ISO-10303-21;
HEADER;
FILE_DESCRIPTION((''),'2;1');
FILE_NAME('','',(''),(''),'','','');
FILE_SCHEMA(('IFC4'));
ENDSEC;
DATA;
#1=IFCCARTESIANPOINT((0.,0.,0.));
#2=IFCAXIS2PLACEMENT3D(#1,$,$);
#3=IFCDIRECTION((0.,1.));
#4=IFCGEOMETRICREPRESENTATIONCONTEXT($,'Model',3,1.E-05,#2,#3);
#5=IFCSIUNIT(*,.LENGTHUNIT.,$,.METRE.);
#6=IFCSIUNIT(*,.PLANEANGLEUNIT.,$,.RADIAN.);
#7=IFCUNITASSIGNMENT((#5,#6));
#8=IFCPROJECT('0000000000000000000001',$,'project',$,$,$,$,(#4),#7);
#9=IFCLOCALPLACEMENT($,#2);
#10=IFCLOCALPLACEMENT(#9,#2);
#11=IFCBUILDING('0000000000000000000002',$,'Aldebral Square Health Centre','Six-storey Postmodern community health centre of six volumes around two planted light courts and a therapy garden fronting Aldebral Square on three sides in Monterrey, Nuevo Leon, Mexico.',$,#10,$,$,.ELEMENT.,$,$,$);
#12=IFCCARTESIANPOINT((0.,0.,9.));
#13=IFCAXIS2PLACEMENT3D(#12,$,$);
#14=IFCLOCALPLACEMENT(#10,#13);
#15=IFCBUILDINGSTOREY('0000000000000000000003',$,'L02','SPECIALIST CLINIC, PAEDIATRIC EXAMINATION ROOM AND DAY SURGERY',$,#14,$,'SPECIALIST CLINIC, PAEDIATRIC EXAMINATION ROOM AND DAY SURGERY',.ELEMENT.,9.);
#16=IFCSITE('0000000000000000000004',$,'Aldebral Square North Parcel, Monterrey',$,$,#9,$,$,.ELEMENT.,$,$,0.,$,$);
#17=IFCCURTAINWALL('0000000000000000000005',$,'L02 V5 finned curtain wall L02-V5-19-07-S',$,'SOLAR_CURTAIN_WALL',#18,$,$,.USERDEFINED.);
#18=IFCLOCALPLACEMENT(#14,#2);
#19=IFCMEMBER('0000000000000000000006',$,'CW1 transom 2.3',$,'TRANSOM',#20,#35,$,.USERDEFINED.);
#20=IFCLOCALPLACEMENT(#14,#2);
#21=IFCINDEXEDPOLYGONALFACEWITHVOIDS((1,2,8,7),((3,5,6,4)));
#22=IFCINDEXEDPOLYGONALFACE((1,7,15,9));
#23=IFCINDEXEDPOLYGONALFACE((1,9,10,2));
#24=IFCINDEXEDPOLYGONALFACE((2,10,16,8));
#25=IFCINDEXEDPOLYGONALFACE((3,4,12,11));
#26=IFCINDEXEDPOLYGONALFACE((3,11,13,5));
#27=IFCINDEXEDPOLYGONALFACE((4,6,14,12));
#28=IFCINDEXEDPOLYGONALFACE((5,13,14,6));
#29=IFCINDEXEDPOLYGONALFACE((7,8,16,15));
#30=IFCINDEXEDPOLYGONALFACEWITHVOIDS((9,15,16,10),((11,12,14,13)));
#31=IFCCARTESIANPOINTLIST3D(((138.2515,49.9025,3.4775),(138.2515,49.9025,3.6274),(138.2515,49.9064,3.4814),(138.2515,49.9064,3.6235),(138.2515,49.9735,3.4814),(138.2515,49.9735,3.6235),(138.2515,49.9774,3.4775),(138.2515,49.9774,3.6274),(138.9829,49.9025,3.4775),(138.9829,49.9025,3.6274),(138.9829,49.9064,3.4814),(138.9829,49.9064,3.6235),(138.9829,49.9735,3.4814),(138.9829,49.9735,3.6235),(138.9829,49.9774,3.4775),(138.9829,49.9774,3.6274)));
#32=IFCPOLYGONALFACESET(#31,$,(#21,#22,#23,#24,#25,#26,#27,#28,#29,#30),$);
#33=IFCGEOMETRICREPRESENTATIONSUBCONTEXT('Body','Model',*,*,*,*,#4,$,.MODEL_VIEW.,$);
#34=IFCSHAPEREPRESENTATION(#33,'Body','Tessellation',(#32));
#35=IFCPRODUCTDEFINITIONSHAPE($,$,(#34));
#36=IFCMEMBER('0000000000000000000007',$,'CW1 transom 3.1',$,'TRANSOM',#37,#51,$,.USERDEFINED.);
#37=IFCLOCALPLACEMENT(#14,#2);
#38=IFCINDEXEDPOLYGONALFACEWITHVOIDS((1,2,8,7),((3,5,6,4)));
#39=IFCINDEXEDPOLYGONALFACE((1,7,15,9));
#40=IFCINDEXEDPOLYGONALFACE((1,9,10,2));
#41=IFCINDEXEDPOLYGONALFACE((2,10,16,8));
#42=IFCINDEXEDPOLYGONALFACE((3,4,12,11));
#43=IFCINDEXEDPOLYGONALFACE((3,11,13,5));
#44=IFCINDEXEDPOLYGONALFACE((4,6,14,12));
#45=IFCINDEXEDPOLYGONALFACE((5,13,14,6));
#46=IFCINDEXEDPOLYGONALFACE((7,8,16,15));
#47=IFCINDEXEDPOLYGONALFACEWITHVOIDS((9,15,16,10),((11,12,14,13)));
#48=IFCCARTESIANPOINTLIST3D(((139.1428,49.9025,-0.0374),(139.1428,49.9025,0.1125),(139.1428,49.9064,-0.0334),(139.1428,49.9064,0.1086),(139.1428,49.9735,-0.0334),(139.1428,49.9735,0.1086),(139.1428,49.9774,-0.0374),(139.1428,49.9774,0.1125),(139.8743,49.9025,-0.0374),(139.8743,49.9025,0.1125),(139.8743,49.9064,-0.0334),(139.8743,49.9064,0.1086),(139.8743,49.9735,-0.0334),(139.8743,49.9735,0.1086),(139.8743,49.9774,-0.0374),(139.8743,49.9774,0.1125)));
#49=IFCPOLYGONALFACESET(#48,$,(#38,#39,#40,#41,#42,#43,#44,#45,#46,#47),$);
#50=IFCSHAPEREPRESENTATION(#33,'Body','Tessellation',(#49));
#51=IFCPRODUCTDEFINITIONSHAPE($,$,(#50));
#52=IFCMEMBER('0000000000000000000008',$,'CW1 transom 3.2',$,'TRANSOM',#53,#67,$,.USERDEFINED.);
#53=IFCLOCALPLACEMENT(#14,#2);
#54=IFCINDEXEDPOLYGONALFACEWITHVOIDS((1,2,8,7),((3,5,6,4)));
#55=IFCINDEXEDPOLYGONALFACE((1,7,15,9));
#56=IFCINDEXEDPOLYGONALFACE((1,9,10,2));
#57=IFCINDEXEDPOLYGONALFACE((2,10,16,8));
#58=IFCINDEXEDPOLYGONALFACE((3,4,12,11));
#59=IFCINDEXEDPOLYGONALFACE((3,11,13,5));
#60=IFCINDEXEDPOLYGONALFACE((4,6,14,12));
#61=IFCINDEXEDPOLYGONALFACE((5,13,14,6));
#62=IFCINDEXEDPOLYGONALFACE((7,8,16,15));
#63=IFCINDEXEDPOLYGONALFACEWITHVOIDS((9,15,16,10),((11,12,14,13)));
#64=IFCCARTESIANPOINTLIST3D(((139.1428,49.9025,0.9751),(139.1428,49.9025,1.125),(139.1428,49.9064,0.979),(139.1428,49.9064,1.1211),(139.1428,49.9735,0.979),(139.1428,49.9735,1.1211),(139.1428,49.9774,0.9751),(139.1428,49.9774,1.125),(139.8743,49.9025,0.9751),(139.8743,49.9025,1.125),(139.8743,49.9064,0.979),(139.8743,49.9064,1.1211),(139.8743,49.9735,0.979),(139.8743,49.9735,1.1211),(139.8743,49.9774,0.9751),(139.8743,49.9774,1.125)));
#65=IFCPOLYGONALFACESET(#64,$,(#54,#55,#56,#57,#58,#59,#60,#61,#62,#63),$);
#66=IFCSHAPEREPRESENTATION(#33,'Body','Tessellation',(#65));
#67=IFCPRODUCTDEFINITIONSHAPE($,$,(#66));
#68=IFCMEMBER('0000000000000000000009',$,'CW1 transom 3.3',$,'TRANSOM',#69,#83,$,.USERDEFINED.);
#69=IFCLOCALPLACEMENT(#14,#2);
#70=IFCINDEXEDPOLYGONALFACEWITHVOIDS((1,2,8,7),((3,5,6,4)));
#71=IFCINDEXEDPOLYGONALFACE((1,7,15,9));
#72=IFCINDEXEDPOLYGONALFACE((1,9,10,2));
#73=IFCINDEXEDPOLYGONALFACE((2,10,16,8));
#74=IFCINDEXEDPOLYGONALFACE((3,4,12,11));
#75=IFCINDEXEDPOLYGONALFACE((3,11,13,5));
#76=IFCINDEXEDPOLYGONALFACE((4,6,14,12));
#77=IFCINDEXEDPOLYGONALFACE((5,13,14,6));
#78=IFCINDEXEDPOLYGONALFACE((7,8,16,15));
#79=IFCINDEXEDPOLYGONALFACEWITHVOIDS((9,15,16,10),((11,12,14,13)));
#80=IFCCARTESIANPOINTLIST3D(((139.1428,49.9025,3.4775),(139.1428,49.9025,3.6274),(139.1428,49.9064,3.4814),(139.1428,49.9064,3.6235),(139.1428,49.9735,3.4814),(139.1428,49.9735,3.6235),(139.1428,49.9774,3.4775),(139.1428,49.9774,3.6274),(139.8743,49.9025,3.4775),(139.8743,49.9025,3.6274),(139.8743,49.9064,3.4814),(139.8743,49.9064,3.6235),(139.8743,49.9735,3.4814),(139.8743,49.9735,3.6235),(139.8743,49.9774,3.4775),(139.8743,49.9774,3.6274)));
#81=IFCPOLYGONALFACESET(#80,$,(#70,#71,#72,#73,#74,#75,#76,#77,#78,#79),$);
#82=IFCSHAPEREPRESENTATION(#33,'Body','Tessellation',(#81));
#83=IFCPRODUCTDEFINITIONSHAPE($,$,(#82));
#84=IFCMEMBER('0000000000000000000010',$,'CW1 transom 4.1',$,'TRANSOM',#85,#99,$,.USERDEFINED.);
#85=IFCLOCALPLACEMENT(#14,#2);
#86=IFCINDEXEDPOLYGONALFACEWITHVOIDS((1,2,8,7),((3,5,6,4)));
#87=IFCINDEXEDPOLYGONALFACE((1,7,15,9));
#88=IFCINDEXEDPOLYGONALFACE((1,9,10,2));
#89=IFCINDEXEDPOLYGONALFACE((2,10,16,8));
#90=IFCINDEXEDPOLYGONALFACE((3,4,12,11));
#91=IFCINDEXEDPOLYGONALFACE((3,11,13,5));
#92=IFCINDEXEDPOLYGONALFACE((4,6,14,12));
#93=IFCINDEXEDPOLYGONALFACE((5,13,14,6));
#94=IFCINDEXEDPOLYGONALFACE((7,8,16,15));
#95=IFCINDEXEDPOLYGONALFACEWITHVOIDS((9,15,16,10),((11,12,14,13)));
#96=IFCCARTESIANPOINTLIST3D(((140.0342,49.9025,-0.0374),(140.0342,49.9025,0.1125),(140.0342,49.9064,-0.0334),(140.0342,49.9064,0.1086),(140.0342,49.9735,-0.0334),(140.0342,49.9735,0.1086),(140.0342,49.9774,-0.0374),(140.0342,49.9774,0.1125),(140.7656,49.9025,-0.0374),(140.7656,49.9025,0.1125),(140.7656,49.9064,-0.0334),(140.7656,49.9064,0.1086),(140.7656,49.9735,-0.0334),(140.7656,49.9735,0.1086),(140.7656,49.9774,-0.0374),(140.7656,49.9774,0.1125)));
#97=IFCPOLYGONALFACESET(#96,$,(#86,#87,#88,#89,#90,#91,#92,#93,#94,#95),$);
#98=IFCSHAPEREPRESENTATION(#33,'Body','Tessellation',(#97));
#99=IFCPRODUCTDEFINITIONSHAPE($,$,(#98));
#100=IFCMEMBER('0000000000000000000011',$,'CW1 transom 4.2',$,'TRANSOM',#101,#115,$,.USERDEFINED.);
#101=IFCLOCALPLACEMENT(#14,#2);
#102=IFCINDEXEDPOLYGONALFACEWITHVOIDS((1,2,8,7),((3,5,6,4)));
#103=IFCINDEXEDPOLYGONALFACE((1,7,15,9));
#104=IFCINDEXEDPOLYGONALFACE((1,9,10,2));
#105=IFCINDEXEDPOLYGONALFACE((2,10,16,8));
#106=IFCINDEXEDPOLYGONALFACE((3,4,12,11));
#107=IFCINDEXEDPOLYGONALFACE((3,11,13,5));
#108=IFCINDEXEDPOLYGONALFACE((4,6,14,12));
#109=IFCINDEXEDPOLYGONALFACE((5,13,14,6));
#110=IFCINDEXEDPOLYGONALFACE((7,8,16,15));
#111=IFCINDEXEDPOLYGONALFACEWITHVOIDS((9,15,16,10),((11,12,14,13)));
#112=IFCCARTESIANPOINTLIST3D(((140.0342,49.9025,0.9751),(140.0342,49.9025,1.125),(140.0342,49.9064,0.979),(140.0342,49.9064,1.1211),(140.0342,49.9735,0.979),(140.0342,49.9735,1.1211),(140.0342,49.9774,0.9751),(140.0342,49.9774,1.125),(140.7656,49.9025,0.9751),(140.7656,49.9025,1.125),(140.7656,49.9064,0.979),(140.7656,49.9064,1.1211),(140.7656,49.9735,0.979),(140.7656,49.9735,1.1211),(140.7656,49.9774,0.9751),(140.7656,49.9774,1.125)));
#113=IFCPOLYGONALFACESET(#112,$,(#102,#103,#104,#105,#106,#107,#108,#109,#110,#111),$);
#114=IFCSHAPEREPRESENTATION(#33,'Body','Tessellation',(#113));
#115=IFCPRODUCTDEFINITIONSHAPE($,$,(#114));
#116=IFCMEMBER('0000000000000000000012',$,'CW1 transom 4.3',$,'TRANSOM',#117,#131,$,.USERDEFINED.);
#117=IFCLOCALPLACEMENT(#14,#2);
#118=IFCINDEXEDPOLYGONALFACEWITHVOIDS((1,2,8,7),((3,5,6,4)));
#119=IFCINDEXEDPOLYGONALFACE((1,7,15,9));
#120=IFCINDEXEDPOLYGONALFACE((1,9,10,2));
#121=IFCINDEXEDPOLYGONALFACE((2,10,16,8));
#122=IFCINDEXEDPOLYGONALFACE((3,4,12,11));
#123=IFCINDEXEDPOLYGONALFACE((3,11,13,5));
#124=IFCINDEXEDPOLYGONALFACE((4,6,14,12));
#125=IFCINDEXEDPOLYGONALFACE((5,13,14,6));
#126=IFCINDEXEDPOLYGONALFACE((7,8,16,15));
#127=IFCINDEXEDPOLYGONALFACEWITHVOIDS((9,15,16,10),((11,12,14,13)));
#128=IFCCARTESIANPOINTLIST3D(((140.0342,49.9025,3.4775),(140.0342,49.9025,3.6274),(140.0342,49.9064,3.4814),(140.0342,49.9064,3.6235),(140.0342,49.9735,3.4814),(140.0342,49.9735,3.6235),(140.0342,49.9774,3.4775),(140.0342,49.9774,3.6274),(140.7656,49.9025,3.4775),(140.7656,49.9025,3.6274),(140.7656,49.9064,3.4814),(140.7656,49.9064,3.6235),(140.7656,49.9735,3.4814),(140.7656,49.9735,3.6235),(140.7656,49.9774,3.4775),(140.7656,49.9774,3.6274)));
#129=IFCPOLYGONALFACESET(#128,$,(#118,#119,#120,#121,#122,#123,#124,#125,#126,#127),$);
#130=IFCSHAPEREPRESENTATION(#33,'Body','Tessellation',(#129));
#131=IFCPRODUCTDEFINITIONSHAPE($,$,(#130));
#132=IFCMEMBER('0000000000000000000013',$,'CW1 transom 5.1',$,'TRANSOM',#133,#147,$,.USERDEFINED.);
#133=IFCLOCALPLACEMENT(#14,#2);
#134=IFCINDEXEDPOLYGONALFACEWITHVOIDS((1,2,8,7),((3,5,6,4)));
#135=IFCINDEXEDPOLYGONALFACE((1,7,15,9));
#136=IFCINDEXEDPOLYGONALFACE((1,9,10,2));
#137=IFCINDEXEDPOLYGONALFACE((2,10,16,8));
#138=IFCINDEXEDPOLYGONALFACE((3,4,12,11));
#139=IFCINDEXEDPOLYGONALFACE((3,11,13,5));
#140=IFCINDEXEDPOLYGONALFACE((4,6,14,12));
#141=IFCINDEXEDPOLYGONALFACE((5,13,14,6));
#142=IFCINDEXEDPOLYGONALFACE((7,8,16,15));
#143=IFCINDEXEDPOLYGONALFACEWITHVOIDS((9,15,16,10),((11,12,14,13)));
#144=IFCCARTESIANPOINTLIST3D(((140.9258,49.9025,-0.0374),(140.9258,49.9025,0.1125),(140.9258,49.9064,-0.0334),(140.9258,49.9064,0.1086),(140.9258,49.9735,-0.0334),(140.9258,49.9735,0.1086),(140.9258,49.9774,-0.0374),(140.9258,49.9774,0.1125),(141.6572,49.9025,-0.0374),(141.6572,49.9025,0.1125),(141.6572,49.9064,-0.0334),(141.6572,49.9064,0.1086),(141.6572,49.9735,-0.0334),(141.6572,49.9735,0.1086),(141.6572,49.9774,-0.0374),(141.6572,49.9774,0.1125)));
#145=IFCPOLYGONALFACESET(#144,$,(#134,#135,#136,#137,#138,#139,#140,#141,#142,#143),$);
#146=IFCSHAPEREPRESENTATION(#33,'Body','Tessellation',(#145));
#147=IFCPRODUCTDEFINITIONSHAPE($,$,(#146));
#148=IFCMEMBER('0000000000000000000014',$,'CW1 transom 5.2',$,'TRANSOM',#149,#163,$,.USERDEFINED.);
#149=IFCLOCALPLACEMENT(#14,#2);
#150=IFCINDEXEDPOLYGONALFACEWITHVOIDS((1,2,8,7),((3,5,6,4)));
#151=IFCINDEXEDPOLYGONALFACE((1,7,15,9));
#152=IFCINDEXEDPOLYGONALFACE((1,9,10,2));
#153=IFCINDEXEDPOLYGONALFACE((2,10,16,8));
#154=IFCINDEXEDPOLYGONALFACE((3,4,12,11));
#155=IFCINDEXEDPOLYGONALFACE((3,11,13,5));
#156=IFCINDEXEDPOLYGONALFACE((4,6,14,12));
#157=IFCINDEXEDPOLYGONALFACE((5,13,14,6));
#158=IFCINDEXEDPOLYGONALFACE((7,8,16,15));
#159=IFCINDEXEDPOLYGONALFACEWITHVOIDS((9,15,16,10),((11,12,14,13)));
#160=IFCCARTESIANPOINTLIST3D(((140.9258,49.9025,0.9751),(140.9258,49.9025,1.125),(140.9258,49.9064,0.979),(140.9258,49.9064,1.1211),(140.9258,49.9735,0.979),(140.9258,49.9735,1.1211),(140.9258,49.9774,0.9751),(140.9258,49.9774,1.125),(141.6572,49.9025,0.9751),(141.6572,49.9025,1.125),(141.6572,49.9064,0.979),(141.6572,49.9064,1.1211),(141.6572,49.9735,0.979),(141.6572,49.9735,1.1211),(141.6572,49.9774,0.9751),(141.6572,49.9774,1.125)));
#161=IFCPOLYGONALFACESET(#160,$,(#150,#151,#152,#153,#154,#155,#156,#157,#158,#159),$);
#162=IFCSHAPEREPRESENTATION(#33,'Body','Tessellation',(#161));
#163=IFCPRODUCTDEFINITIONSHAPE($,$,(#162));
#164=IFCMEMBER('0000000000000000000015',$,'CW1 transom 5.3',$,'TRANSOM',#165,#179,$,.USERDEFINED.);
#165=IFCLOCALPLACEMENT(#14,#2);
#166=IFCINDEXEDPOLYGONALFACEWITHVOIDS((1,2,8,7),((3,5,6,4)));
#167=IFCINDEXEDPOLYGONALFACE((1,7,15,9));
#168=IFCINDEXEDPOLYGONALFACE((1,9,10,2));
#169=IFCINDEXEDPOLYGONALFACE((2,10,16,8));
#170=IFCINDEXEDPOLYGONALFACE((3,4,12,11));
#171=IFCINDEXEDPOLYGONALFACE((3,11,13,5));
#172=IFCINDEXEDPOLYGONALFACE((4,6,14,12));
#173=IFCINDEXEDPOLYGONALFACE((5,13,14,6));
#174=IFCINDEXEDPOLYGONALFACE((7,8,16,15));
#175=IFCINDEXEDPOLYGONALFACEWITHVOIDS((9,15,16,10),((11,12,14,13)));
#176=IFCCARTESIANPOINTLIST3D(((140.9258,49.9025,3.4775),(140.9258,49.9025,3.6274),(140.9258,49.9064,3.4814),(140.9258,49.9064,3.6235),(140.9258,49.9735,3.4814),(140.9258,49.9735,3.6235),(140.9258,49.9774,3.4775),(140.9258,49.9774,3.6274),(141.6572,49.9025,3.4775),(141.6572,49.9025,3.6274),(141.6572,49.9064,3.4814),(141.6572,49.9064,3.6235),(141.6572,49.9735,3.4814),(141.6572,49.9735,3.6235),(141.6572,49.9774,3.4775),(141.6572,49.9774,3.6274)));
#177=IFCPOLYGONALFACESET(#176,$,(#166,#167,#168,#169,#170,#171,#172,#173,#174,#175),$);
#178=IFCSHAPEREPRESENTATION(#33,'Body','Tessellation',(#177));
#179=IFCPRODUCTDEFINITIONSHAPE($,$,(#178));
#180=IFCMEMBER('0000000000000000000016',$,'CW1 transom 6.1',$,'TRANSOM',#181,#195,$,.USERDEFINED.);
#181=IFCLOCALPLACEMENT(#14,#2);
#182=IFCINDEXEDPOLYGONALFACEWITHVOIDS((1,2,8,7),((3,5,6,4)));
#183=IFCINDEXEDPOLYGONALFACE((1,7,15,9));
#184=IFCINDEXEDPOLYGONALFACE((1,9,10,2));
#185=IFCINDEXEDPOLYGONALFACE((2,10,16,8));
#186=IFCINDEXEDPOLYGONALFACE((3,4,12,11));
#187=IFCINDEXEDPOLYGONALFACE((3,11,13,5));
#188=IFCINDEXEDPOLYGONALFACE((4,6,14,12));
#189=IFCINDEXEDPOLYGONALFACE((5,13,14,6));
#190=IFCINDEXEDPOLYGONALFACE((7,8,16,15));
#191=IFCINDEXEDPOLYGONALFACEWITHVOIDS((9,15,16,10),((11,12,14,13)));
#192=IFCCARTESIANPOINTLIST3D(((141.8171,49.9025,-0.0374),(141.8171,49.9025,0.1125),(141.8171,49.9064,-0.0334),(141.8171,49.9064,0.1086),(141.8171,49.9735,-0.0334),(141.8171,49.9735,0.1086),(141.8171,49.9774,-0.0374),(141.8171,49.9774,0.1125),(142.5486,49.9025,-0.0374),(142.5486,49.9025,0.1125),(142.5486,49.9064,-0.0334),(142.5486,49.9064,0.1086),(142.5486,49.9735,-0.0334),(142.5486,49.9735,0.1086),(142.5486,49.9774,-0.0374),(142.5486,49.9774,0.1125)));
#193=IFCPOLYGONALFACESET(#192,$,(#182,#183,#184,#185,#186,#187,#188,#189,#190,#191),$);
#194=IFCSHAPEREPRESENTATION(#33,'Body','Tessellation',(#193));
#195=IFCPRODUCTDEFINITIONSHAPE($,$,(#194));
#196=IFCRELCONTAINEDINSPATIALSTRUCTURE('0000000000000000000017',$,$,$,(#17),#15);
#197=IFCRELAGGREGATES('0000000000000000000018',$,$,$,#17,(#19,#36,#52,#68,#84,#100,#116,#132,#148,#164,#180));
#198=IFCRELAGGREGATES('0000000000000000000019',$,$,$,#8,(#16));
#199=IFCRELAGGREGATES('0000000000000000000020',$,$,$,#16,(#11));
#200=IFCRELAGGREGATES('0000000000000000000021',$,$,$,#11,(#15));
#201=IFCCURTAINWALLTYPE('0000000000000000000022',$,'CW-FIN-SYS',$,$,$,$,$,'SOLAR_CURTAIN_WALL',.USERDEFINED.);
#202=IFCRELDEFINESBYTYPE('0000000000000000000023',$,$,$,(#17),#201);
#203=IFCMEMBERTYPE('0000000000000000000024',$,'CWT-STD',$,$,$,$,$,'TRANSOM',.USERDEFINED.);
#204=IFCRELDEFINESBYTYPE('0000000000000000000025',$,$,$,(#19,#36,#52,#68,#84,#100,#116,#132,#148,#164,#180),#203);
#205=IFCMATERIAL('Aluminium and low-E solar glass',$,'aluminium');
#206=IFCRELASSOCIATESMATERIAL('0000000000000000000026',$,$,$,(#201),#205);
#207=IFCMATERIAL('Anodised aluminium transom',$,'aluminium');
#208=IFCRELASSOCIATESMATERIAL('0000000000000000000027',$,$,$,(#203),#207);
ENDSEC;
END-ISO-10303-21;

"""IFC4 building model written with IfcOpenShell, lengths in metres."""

from ifc_helpers import new_model, si_unit, direction, frame, origin, origin_2d, place, context, subcontext, project, spatial, hollow_rectangle, extrude, material, material_profile, profile_set, type_object, element, aggregate, save


model = new_model("IFC4")

# Units and contexts
model_context = context("Model", 3, precision=1e-05, world=origin(), true_north=direction((0.0, 1.0)))
body_context = subcontext(model_context, "Body", "Model", "MODEL_VIEW")
ifc_project = project(units=[si_unit("LENGTHUNIT", "METRE"), si_unit("PLANEANGLEUNIT", "RADIAN")], contexts=[model_context])

# Site, building, storey
site_placement = place(None, origin())
site = spatial("IfcSite", under=ifc_project, at=site_placement, Name="Aldebral Square North Parcel, Monterrey", CompositionType="ELEMENT", RefElevation=0.0)
building_placement = place(site_placement, origin())
building = spatial("IfcBuilding", under=site, at=building_placement, Name="Aldebral Square Health Centre", Description="Six-storey Postmodern community health centre of six volumes around two planted light courts and a therapy garden fronting Aldebral Square on three sides in Monterrey, Nuevo Leon, Mexico.", CompositionType="ELEMENT")
storey_placement = place(building_placement, frame((0.0, 0.0, 9.0)))
storey = spatial("IfcBuildingStorey", under=building, at=storey_placement, Name="L02", Description="SPECIALIST CLINIC, PAEDIATRIC EXAMINATION ROOM AND DAY SURGERY", LongName="SPECIALIST CLINIC, PAEDIATRIC EXAMINATION ROOM AND DAY SURGERY", CompositionType="ELEMENT", Elevation=9.0)

# Curtain wall, members
ifc_material_1 = material(Name="Aluminium and low-E solar glass", Category="aluminium")
curtain_wall_type = type_object("IfcCurtainWallType", Name="CW-FIN-SYS", ElementType="SOLAR_CURTAIN_WALL", PredefinedType="USERDEFINED", material=ifc_material_1)
curtain_wall_placement = place(storey_placement, origin())
curtain_wall = element("IfcCurtainWall", 1, at=curtain_wall_placement, inside=storey, type_object=curtain_wall_type, Name="L02 V5 finned curtain wall L02-V5-19-07-S", ObjectType="SOLAR_CURTAIN_WALL", PredefinedType="USERDEFINED")
ifc_material_2 = material(Name="Anodised aluminium transom", Category="aluminium")
ifc_material_profile_1 = material_profile(ifc_material_2, hollow_rectangle(XDim=0.075, YDim=0.1499, WallThickness=0.0039, at=origin_2d()), Name="CWT 75x150x4")
ifc_profile_set_1 = profile_set([ifc_material_profile_1], Name="Anodised aluminium transom")
member_type_1 = type_object("IfcMemberType", Name="CWT-STD", ElementType="TRANSOM", PredefinedType="USERDEFINED", material=ifc_profile_set_1)
member_1_placement = place(storey_placement, frame((138.2515, 49.9399, 3.5525), z_axis=(1.0, 0.0, 0.0), x_axis=(0.0, 1.0, 0.0)))
member_1 = element("IfcMember", 2, at=member_1_placement, type_object=member_type_1, Name="CW1 transom 2.3", ObjectType="TRANSOM", PredefinedType="USERDEFINED", context=body_context, shape_type="SweptSolid", body=[
    extrude(hollow_rectangle(XDim=0.075, YDim=0.1499, WallThickness=0.0039, at=origin_2d()), origin(), (0.0, 0.0, 1.0), 0.7314),
])
member_2_placement = place(storey_placement, frame((139.1428, 49.9399, 0.0376), z_axis=(1.0, 0.0, 0.0), x_axis=(0.0, 1.0, 0.0)))
member_2 = element("IfcMember", 3, at=member_2_placement, type_object=member_type_1, Name="CW1 transom 3.1", ObjectType="TRANSOM", PredefinedType="USERDEFINED", context=body_context, shape_type="SweptSolid", body=[
    extrude(hollow_rectangle(XDim=0.075, YDim=0.1499, WallThickness=0.0039, at=origin_2d()), origin(), (0.0, 0.0, 1.0), 0.7314),
])
member_3_placement = place(storey_placement, frame((139.1428, 49.9399, 1.05), z_axis=(1.0, 0.0, 0.0), x_axis=(0.0, 1.0, 0.0)))
member_3 = element("IfcMember", 4, at=member_3_placement, type_object=member_type_1, Name="CW1 transom 3.2", ObjectType="TRANSOM", PredefinedType="USERDEFINED", context=body_context, shape_type="SweptSolid", body=[
    extrude(hollow_rectangle(XDim=0.075, YDim=0.1499, WallThickness=0.0039, at=origin_2d()), origin(), (0.0, 0.0, 1.0), 0.7314),
])
member_4_placement = place(storey_placement, frame((139.1428, 49.9399, 3.5525), z_axis=(1.0, 0.0, 0.0), x_axis=(0.0, 1.0, 0.0)))
member_4 = element("IfcMember", 5, at=member_4_placement, type_object=member_type_1, Name="CW1 transom 3.3", ObjectType="TRANSOM", PredefinedType="USERDEFINED", context=body_context, shape_type="SweptSolid", body=[
    extrude(hollow_rectangle(XDim=0.075, YDim=0.1499, WallThickness=0.0039, at=origin_2d()), origin(), (0.0, 0.0, 1.0), 0.7314),
])
member_5_placement = place(storey_placement, frame((140.0342, 49.9399, 0.0376), z_axis=(1.0, 0.0, 0.0), x_axis=(0.0, 1.0, 0.0)))
member_5 = element("IfcMember", 6, at=member_5_placement, type_object=member_type_1, Name="CW1 transom 4.1", ObjectType="TRANSOM", PredefinedType="USERDEFINED", context=body_context, shape_type="SweptSolid", body=[
    extrude(hollow_rectangle(XDim=0.075, YDim=0.1499, WallThickness=0.0039, at=origin_2d()), origin(), (0.0, 0.0, 1.0), 0.7314),
])
member_6_placement = place(storey_placement, frame((140.0342, 49.9399, 1.05), z_axis=(1.0, 0.0, 0.0), x_axis=(0.0, 1.0, 0.0)))
member_6 = element("IfcMember", 7, at=member_6_placement, type_object=member_type_1, Name="CW1 transom 4.2", ObjectType="TRANSOM", PredefinedType="USERDEFINED", context=body_context, shape_type="SweptSolid", body=[
    extrude(hollow_rectangle(XDim=0.075, YDim=0.1499, WallThickness=0.0039, at=origin_2d()), origin(), (0.0, 0.0, 1.0), 0.7314),
])
member_7_placement = place(storey_placement, frame((140.0342, 49.9399, 3.5525), z_axis=(1.0, 0.0, 0.0), x_axis=(0.0, 1.0, 0.0)))
member_7 = element("IfcMember", 8, at=member_7_placement, type_object=member_type_1, Name="CW1 transom 4.3", ObjectType="TRANSOM", PredefinedType="USERDEFINED", context=body_context, shape_type="SweptSolid", body=[
    extrude(hollow_rectangle(XDim=0.075, YDim=0.1499, WallThickness=0.0039, at=origin_2d()), origin(), (0.0, 0.0, 1.0), 0.7314),
])
member_8_placement = place(storey_placement, frame((140.9258, 49.9399, 0.0376), z_axis=(1.0, 0.0, 0.0), x_axis=(0.0, 1.0, 0.0)))
member_8 = element("IfcMember", 9, at=member_8_placement, type_object=member_type_1, Name="CW1 transom 5.1", ObjectType="TRANSOM", PredefinedType="USERDEFINED", context=body_context, shape_type="SweptSolid", body=[
    extrude(hollow_rectangle(XDim=0.075, YDim=0.1499, WallThickness=0.0039, at=origin_2d()), origin(), (0.0, 0.0, 1.0), 0.7314),
])
member_9_placement = place(storey_placement, frame((140.9258, 49.9399, 1.05), z_axis=(1.0, 0.0, 0.0), x_axis=(0.0, 1.0, 0.0)))
member_9 = element("IfcMember", 10, at=member_9_placement, type_object=member_type_1, Name="CW1 transom 5.2", ObjectType="TRANSOM", PredefinedType="USERDEFINED", context=body_context, shape_type="SweptSolid", body=[
    extrude(hollow_rectangle(XDim=0.075, YDim=0.1499, WallThickness=0.0039, at=origin_2d()), origin(), (0.0, 0.0, 1.0), 0.7314),
])
member_10_placement = place(storey_placement, frame((140.9258, 49.9399, 3.5525), z_axis=(1.0, 0.0, 0.0), x_axis=(0.0, 1.0, 0.0)))
member_10 = element("IfcMember", 11, at=member_10_placement, type_object=member_type_1, Name="CW1 transom 5.3", ObjectType="TRANSOM", PredefinedType="USERDEFINED", context=body_context, shape_type="SweptSolid", body=[
    extrude(hollow_rectangle(XDim=0.075, YDim=0.1499, WallThickness=0.0039, at=origin_2d()), origin(), (0.0, 0.0, 1.0), 0.7314),
])
member_11_placement = place(storey_placement, frame((141.8171, 49.9399, 0.0376), z_axis=(1.0, 0.0, 0.0), x_axis=(0.0, 1.0, 0.0)))
member_11 = element("IfcMember", 12, at=member_11_placement, type_object=member_type_1, Name="CW1 transom 6.1", ObjectType="TRANSOM", PredefinedType="USERDEFINED", context=body_context, shape_type="SweptSolid", body=[
    extrude(hollow_rectangle(XDim=0.075, YDim=0.1499, WallThickness=0.0039, at=origin_2d()), origin(), (0.0, 0.0, 1.0), 0.7314),
])
aggregate(curtain_wall, [member_1, member_2, member_3, member_4, member_5, member_6, member_7, member_8, member_9, member_10, member_11])

save(model, "model.ifc")
